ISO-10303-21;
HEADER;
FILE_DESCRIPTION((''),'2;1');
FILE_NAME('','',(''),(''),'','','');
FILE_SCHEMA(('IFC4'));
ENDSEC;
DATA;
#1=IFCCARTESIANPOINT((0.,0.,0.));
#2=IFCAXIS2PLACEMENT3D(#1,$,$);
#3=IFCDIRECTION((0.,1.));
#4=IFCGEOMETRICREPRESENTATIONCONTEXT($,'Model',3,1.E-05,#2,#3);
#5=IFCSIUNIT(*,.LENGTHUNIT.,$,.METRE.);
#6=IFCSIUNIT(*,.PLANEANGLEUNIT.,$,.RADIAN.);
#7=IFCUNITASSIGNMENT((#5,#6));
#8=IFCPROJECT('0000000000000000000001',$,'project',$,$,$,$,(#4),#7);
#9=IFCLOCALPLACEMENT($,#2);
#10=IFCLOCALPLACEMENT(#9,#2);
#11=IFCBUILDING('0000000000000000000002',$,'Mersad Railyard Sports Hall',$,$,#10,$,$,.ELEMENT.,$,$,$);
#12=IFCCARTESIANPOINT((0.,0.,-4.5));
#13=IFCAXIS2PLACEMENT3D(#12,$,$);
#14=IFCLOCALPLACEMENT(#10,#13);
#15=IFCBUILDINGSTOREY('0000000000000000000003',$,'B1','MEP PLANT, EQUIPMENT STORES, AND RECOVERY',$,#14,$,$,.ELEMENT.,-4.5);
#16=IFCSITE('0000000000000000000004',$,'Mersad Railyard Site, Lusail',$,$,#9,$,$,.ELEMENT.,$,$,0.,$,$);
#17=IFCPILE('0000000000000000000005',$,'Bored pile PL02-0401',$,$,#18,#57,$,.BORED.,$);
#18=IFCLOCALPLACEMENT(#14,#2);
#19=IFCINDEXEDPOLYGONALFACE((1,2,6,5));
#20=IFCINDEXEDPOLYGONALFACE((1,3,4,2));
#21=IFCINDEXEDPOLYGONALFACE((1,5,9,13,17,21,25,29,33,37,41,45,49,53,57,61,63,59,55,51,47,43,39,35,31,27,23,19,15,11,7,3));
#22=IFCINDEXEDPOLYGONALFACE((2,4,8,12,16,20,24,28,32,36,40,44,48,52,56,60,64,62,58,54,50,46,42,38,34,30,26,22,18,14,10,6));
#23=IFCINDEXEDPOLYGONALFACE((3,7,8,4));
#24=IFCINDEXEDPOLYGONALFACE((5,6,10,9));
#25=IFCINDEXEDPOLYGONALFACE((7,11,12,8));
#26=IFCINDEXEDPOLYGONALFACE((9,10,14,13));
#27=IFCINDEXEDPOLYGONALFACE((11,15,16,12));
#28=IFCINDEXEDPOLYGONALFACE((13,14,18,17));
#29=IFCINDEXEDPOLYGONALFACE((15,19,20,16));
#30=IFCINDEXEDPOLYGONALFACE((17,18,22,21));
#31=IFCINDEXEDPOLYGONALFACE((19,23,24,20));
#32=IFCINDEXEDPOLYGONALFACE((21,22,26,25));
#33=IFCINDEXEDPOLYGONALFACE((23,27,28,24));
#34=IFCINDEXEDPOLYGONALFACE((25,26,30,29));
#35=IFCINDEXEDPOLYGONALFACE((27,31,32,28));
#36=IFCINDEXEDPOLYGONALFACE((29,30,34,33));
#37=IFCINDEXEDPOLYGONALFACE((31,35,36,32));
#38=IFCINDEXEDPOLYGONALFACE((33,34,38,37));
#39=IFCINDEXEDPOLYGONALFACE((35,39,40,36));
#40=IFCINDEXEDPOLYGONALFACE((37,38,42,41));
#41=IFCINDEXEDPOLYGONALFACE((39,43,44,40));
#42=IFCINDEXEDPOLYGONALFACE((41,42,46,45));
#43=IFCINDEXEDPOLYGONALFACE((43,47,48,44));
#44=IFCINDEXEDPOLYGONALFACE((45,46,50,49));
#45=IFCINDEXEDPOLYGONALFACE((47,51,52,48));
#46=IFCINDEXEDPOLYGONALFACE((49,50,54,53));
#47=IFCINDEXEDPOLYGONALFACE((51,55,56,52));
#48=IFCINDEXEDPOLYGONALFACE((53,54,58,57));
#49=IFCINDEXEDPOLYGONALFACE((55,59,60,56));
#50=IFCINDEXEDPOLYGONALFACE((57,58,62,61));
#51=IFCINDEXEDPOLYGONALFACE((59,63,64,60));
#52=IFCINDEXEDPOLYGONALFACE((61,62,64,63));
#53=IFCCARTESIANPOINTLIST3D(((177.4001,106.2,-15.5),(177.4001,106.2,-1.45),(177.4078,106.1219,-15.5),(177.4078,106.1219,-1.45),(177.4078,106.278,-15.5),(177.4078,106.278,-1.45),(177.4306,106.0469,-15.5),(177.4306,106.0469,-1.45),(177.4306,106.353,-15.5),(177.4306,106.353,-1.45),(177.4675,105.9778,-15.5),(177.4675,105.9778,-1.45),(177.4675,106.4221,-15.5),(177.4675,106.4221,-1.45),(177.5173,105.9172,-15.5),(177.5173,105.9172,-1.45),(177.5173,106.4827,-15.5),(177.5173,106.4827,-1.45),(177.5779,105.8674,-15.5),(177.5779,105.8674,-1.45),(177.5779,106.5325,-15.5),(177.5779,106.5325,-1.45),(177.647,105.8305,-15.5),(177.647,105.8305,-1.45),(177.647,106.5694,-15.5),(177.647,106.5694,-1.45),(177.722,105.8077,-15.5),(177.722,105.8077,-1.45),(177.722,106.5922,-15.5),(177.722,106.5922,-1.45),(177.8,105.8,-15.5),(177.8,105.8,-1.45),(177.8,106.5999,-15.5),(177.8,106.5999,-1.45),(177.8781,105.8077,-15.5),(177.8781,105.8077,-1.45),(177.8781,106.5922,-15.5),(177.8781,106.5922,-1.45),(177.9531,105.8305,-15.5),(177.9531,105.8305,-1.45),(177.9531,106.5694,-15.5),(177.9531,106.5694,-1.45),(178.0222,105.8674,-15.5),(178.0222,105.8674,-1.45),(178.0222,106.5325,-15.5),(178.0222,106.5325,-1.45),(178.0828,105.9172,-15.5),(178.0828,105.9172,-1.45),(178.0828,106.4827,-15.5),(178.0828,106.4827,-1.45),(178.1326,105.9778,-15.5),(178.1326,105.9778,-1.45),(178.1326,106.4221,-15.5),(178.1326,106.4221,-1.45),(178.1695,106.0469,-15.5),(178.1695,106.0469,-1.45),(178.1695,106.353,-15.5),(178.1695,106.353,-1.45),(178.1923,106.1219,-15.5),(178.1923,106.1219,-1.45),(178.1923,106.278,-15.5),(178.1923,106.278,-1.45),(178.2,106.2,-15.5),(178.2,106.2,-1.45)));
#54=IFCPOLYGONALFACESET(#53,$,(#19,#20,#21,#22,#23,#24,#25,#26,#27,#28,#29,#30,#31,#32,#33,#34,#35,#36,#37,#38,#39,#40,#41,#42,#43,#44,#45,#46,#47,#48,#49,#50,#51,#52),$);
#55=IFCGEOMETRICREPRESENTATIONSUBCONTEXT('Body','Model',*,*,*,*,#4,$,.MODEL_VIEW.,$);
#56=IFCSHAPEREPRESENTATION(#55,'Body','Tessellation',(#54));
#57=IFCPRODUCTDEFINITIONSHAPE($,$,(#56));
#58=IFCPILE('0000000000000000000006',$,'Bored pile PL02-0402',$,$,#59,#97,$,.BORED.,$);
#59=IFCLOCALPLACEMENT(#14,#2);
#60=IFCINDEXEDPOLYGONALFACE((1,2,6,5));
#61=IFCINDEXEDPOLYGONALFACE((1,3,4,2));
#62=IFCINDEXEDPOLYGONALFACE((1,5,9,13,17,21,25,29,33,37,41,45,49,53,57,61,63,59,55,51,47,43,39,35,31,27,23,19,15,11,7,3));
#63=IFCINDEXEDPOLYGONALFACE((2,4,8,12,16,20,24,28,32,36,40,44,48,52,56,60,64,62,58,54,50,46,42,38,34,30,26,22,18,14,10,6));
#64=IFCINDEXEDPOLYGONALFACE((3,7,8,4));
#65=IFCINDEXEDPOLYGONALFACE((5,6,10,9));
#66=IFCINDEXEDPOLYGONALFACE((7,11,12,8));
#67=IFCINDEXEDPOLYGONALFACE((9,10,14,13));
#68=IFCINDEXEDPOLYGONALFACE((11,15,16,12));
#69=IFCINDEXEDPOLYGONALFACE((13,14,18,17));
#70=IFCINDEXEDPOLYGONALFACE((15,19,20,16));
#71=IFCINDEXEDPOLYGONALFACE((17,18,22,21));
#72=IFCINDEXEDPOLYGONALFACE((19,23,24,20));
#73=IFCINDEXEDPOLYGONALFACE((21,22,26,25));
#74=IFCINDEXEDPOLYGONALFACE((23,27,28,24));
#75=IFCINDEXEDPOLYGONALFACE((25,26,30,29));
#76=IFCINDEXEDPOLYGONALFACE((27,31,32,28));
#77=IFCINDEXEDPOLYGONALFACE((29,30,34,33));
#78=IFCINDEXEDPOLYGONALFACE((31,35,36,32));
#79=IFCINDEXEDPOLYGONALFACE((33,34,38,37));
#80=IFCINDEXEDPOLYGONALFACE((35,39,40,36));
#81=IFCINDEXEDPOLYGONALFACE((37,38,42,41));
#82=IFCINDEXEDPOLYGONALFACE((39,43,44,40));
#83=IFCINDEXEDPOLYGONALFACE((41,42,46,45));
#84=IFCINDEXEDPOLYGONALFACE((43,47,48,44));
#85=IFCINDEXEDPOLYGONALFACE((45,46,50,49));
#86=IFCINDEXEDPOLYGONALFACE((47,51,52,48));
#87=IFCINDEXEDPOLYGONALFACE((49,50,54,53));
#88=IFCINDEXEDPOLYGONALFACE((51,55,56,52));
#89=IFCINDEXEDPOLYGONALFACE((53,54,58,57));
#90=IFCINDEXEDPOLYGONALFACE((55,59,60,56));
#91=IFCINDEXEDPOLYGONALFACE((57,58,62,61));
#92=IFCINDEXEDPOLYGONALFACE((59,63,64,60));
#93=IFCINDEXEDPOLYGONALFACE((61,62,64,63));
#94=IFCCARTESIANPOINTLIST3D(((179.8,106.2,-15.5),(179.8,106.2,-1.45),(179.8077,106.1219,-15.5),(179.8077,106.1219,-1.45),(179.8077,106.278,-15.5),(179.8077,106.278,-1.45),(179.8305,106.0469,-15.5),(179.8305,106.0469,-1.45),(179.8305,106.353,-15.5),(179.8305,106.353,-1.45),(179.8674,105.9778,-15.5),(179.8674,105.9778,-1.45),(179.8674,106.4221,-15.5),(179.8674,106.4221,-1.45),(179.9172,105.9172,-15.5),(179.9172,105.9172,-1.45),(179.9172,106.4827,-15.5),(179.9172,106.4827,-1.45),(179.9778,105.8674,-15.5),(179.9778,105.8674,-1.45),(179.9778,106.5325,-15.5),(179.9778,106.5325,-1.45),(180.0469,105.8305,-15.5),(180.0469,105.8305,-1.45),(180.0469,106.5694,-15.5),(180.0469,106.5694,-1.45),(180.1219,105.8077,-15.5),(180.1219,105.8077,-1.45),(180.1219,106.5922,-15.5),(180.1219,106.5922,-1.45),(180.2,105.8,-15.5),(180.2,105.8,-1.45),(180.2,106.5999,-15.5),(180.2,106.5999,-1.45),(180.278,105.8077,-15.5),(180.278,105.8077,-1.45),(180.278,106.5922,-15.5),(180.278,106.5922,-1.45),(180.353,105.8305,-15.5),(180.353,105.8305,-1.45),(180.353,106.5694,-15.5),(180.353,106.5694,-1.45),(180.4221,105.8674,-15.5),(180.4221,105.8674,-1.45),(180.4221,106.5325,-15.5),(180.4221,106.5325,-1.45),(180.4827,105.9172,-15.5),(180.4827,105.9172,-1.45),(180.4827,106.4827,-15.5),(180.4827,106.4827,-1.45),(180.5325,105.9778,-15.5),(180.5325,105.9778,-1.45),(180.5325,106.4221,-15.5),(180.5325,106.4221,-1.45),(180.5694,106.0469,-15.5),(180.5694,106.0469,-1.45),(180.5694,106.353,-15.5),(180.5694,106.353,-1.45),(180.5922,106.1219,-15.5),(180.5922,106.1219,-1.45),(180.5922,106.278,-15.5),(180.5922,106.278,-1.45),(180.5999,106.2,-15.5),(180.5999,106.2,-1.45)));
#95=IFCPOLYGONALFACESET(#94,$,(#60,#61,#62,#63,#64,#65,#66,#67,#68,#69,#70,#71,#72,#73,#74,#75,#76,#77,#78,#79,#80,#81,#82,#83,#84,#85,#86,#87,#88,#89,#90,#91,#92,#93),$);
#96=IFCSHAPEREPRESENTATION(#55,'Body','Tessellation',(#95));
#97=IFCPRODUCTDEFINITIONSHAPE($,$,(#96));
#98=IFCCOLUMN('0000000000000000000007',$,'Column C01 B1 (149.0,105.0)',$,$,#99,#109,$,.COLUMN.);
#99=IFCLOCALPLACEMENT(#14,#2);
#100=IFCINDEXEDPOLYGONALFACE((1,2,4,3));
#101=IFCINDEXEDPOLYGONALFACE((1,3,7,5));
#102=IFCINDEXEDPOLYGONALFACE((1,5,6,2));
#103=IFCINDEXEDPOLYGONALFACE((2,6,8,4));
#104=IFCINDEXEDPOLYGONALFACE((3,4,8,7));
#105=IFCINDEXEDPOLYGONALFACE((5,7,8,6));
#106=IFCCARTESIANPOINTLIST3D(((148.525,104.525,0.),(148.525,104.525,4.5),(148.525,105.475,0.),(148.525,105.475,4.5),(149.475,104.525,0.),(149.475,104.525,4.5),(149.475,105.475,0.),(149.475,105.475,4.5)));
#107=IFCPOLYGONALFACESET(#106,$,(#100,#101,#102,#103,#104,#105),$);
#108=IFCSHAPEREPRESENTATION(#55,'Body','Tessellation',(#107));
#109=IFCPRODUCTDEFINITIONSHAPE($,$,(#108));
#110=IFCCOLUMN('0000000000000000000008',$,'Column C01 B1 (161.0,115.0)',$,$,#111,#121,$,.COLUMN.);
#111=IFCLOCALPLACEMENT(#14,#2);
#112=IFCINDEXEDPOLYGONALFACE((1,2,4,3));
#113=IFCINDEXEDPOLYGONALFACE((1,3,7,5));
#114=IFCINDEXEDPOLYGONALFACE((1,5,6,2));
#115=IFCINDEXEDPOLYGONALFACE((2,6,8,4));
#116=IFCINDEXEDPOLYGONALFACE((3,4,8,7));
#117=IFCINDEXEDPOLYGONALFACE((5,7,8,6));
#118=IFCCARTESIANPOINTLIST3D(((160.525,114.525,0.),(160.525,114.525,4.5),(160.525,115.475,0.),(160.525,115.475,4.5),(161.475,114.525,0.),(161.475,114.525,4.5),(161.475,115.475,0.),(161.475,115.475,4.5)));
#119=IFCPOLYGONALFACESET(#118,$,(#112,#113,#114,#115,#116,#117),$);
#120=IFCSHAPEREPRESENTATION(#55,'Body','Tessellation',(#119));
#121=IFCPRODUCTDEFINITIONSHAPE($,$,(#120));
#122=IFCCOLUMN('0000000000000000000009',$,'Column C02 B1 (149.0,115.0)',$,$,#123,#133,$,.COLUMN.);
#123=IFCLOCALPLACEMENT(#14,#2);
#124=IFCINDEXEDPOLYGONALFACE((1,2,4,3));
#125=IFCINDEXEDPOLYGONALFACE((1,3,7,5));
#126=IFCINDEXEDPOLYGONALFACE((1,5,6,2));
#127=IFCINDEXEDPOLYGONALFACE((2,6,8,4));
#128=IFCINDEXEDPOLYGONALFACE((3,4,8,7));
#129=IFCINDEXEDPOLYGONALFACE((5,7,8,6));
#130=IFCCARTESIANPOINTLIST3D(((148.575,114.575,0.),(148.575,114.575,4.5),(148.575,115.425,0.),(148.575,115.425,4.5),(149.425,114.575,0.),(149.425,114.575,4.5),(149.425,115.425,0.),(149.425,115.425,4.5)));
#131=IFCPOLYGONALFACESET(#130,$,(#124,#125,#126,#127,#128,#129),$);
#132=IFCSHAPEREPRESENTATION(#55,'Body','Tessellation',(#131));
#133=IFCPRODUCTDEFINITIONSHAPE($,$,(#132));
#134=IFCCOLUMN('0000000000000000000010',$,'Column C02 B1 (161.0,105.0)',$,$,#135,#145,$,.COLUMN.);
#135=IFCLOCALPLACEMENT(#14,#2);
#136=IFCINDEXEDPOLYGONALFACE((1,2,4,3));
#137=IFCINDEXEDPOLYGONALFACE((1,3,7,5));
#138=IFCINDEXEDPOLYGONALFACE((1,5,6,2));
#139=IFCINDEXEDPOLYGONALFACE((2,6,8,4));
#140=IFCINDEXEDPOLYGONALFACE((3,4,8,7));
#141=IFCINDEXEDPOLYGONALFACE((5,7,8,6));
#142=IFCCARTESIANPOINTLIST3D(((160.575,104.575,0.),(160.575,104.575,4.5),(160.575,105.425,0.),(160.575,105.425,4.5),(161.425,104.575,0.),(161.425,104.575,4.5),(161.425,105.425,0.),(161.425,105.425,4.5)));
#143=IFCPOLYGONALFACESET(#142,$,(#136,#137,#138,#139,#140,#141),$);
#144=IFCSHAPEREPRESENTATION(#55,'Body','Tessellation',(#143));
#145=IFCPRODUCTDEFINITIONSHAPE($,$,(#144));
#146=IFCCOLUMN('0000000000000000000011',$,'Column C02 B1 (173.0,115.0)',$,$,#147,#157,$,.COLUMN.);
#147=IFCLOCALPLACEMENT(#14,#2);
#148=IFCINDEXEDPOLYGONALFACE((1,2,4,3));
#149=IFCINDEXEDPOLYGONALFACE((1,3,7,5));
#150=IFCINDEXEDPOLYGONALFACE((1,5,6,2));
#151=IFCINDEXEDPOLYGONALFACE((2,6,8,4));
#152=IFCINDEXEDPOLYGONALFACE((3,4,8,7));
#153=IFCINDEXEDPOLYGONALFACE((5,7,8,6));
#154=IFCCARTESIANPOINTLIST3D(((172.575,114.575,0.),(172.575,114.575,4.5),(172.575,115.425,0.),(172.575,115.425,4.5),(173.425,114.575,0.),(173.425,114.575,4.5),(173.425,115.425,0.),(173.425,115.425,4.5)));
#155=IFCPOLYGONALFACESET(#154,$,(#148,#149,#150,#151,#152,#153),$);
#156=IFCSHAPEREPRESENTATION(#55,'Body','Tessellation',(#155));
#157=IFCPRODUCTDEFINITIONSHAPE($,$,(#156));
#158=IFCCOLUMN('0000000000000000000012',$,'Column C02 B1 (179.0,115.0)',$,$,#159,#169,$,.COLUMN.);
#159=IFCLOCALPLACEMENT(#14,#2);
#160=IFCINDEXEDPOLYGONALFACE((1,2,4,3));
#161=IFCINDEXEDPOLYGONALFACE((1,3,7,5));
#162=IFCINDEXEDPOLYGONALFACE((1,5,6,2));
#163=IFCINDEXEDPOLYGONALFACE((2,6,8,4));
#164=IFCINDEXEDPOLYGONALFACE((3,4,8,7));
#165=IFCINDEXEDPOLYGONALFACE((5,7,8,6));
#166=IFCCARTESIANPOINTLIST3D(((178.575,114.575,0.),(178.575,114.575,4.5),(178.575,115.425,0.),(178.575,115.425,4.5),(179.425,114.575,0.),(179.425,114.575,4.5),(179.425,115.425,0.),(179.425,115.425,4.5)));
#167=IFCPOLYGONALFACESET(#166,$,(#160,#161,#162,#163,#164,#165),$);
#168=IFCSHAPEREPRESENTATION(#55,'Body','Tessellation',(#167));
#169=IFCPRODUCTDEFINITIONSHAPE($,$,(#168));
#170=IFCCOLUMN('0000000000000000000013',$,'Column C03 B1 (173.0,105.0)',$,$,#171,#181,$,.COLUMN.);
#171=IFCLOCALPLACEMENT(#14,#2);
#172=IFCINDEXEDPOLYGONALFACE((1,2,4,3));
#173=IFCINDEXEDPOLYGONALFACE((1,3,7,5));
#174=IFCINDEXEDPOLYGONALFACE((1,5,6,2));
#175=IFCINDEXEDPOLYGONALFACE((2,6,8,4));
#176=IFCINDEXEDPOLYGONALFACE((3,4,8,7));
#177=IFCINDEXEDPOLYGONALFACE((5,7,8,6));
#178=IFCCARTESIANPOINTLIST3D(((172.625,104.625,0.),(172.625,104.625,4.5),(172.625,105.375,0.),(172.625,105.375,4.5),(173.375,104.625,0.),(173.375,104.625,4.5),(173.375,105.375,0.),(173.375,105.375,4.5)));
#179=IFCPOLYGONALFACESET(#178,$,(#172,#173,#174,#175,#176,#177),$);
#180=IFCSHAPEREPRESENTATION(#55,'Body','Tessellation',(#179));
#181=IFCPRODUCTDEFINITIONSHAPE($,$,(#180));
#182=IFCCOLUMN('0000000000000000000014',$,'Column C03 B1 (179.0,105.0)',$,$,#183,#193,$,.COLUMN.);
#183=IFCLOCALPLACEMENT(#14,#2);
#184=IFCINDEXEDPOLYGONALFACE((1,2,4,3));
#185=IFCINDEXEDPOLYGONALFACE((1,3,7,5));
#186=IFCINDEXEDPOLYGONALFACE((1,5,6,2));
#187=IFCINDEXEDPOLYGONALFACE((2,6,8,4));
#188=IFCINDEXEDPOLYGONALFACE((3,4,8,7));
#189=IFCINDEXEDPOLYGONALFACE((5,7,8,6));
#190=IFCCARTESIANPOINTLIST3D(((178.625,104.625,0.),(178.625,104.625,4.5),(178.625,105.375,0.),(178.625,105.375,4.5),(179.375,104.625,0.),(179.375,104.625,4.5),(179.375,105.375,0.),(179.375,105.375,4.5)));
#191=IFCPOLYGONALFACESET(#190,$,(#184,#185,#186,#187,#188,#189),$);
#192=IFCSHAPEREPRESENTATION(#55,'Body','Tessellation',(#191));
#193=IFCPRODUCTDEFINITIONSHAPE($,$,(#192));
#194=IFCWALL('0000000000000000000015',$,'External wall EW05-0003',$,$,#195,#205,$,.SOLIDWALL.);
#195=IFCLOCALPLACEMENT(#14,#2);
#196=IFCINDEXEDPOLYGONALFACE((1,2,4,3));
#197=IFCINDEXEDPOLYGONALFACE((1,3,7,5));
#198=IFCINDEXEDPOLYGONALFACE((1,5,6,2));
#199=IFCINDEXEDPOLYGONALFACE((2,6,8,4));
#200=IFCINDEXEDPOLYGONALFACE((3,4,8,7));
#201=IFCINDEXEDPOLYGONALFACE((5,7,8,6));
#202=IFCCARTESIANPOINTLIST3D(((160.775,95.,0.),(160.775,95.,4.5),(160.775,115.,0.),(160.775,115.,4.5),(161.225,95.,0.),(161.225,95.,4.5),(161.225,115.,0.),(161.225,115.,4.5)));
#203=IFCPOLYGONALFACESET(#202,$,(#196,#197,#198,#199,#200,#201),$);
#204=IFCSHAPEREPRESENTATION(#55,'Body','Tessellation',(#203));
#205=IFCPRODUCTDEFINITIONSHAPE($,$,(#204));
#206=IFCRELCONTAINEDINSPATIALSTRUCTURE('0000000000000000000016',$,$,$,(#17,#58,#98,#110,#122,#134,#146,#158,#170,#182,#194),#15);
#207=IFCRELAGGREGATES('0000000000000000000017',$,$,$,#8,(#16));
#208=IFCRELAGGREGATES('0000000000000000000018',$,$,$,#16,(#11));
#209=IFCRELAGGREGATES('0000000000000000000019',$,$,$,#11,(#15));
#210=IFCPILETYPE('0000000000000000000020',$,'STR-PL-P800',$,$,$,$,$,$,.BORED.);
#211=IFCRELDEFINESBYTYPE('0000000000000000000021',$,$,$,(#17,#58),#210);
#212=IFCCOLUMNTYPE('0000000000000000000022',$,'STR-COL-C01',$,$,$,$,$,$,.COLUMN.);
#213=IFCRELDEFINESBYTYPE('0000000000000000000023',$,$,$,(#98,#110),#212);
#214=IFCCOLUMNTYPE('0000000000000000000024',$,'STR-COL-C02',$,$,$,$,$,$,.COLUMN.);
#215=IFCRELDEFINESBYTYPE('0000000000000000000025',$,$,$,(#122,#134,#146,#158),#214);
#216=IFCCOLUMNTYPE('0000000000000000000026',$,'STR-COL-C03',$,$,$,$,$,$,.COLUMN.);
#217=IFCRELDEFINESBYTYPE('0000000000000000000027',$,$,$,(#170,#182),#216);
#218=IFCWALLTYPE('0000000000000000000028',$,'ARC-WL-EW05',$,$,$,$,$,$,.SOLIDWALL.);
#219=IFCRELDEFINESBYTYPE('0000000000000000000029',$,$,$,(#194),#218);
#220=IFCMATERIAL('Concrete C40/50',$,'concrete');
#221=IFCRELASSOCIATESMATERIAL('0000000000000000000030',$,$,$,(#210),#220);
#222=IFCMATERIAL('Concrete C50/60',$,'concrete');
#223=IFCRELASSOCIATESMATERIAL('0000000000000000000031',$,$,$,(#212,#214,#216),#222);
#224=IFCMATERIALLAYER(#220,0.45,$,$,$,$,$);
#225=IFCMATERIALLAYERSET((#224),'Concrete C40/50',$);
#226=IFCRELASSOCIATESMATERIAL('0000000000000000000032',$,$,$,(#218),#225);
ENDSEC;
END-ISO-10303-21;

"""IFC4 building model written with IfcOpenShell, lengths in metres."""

from ifc_helpers import new_model, si_unit, direction, frame, frame_2d, origin, origin_2d, place, context, subcontext, project, spatial, rectangle, circle, extrude, material, layer, layer_set, material_profile, profile_set, type_object, element, save


model = new_model("IFC4")

# Units and contexts
model_context = context("Model", 3, precision=1e-05, world=origin(), true_north=direction((0.0, 1.0)))
body_context = subcontext(model_context, "Body", "Model", "MODEL_VIEW")
ifc_project = project(units=[si_unit("LENGTHUNIT", "METRE"), si_unit("PLANEANGLEUNIT", "RADIAN")], contexts=[model_context])

# Site, building, storey
site_placement = place(None, origin())
site = spatial("IfcSite", under=ifc_project, at=site_placement, Name="Mersad Railyard Site, Lusail", CompositionType="ELEMENT", RefElevation=0.0)
building_placement = place(site_placement, origin())
building = spatial("IfcBuilding", under=site, at=building_placement, Name="Mersad Railyard Sports Hall", CompositionType="ELEMENT")
storey_placement = place(building_placement, frame((0.0, 0.0, -4.5)))
storey = spatial("IfcBuildingStorey", under=building, at=storey_placement, Name="B1", Description="MEP PLANT, EQUIPMENT STORES, AND RECOVERY", CompositionType="ELEMENT", Elevation=-4.5)

# Shared definitions
ifc_material_1 = material(Name="Concrete C40/50", Category="concrete")

# Piles
ifc_material_profile_1 = material_profile(ifc_material_1, circle(Radius=0.3999, at=origin_2d()), Name="BORED PILE D800")
ifc_profile_set_1 = profile_set([ifc_material_profile_1], Name="Concrete C40/50")
pile_type_1 = type_object("IfcPileType", Name="STR-PL-P800", PredefinedType="BORED", material=ifc_profile_set_1)
for number, where, z_axis, x_axis, name in (
    (1, (177.8, 106.2, -1.45), (0.0, 0.0, -1.0), (1.0, 0.0, 0.0), "Bored pile PL02-0401"),
    (2, (180.2, 106.2, -1.45), (0.0, 0.0, -1.0), (1.0, 0.0, 0.0), "Bored pile PL02-0402"),
):
    element("IfcPile", number, at=place(storey_placement, frame(where, z_axis=z_axis, x_axis=x_axis)), inside=storey, type_object=pile_type_1, Name=name, PredefinedType="BORED", context=body_context, shape_type="SweptSolid", body=[
        extrude(circle(Radius=0.3999, at=origin_2d()), origin(), (0.0, 0.0, 1.0), 14.05),
    ])

# Columns
ifc_material_2 = material(Name="Concrete C50/60", Category="concrete")
ifc_material_profile_2 = material_profile(ifc_material_2, rectangle(XDim=0.95, YDim=0.95, at=origin_2d()), Name="RC 950x950")
ifc_profile_set_2 = profile_set([ifc_material_profile_2], Name="Concrete C50/60")
column_type_1 = type_object("IfcColumnType", Name="STR-COL-C01", PredefinedType="COLUMN", material=ifc_profile_set_2)
for number, where, z_axis, x_axis, name in (
    (3, (149.0, 105.0, 0.0), (0.0, 0.0, 1.0), (1.0, 0.0, 0.0), "Column C01 B1 (149.0,105.0)"),
    (4, (161.0, 115.0, 0.0), (0.0, 0.0, 1.0), (1.0, 0.0, 0.0), "Column C01 B1 (161.0,115.0)"),
):
    element("IfcColumn", number, at=place(storey_placement, frame(where, z_axis=z_axis, x_axis=x_axis)), inside=storey, type_object=column_type_1, Name=name, PredefinedType="COLUMN", context=body_context, shape_type="SweptSolid", body=[
        extrude(rectangle(XDim=0.95, YDim=0.95, at=origin_2d()), origin(), (0.0, 0.0, 1.0), 4.5),
    ])
ifc_material_profile_3 = material_profile(ifc_material_2, rectangle(XDim=0.8501, YDim=0.8501, at=origin_2d()), Name="RC 850x850")
ifc_profile_set_3 = profile_set([ifc_material_profile_3], Name="Concrete C50/60")
column_type_2 = type_object("IfcColumnType", Name="STR-COL-C02", PredefinedType="COLUMN", material=ifc_profile_set_3)
for number, where, z_axis, x_axis, name in (
    (5, (149.0, 115.0, 0.0), (0.0, 0.0, 1.0), (1.0, 0.0, 0.0), "Column C02 B1 (149.0,115.0)"),
    (6, (161.0, 105.0, 0.0), (0.0, 0.0, 1.0), (1.0, 0.0, 0.0), "Column C02 B1 (161.0,105.0)"),
    (7, (173.0, 115.0, 0.0), (0.0, 0.0, 1.0), (1.0, 0.0, 0.0), "Column C02 B1 (173.0,115.0)"),
    (8, (179.0, 115.0, 0.0), (0.0, 0.0, 1.0), (1.0, 0.0, 0.0), "Column C02 B1 (179.0,115.0)"),
):
    element("IfcColumn", number, at=place(storey_placement, frame(where, z_axis=z_axis, x_axis=x_axis)), inside=storey, type_object=column_type_2, Name=name, PredefinedType="COLUMN", context=body_context, shape_type="SweptSolid", body=[
        extrude(rectangle(XDim=0.8501, YDim=0.8501, at=origin_2d()), origin(), (0.0, 0.0, 1.0), 4.5),
    ])
ifc_material_profile_4 = material_profile(ifc_material_2, rectangle(XDim=0.75, YDim=0.75, at=origin_2d()), Name="RC 750x750")
ifc_profile_set_4 = profile_set([ifc_material_profile_4], Name="Concrete C50/60")
column_type_3 = type_object("IfcColumnType", Name="STR-COL-C03", PredefinedType="COLUMN", material=ifc_profile_set_4)
for number, where, z_axis, x_axis, name in (
    (9, (173.0, 105.0, 0.0), (0.0, 0.0, 1.0), (1.0, 0.0, 0.0), "Column C03 B1 (173.0,105.0)"),
    (10, (179.0, 105.0, 0.0), (0.0, 0.0, 1.0), (1.0, 0.0, 0.0), "Column C03 B1 (179.0,105.0)"),
):
    element("IfcColumn", number, at=place(storey_placement, frame(where, z_axis=z_axis, x_axis=x_axis)), inside=storey, type_object=column_type_3, Name=name, PredefinedType="COLUMN", context=body_context, shape_type="SweptSolid", body=[
        extrude(rectangle(XDim=0.75, YDim=0.75, at=origin_2d()), origin(), (0.0, 0.0, 1.0), 4.5),
    ])

# Wall
ifc_layer = layer(ifc_material_1, 0.45)
ifc_layer_set = layer_set([ifc_layer], Name="Concrete C40/50")
wall_type = type_object("IfcWallType", Name="ARC-WL-EW05", PredefinedType="SOLIDWALL", material=ifc_layer_set)
wall_placement = place(storey_placement, frame((161.0, 115.0, 0.0), z_axis=(0.0, 0.0, 1.0), x_axis=(0.0, -1.0, 0.0)))
element("IfcWall", 11, at=wall_placement, inside=storey, type_object=wall_type, Name="External wall EW05-0003", PredefinedType="SOLIDWALL", context=body_context, shape_type="SweptSolid", body=[
    extrude(rectangle(XDim=20.0, YDim=0.45, at=frame_2d((10.0, 0.0))), origin(), (0.0, 0.0, 1.0), 4.5),
])

save(model, "model.ifc")
